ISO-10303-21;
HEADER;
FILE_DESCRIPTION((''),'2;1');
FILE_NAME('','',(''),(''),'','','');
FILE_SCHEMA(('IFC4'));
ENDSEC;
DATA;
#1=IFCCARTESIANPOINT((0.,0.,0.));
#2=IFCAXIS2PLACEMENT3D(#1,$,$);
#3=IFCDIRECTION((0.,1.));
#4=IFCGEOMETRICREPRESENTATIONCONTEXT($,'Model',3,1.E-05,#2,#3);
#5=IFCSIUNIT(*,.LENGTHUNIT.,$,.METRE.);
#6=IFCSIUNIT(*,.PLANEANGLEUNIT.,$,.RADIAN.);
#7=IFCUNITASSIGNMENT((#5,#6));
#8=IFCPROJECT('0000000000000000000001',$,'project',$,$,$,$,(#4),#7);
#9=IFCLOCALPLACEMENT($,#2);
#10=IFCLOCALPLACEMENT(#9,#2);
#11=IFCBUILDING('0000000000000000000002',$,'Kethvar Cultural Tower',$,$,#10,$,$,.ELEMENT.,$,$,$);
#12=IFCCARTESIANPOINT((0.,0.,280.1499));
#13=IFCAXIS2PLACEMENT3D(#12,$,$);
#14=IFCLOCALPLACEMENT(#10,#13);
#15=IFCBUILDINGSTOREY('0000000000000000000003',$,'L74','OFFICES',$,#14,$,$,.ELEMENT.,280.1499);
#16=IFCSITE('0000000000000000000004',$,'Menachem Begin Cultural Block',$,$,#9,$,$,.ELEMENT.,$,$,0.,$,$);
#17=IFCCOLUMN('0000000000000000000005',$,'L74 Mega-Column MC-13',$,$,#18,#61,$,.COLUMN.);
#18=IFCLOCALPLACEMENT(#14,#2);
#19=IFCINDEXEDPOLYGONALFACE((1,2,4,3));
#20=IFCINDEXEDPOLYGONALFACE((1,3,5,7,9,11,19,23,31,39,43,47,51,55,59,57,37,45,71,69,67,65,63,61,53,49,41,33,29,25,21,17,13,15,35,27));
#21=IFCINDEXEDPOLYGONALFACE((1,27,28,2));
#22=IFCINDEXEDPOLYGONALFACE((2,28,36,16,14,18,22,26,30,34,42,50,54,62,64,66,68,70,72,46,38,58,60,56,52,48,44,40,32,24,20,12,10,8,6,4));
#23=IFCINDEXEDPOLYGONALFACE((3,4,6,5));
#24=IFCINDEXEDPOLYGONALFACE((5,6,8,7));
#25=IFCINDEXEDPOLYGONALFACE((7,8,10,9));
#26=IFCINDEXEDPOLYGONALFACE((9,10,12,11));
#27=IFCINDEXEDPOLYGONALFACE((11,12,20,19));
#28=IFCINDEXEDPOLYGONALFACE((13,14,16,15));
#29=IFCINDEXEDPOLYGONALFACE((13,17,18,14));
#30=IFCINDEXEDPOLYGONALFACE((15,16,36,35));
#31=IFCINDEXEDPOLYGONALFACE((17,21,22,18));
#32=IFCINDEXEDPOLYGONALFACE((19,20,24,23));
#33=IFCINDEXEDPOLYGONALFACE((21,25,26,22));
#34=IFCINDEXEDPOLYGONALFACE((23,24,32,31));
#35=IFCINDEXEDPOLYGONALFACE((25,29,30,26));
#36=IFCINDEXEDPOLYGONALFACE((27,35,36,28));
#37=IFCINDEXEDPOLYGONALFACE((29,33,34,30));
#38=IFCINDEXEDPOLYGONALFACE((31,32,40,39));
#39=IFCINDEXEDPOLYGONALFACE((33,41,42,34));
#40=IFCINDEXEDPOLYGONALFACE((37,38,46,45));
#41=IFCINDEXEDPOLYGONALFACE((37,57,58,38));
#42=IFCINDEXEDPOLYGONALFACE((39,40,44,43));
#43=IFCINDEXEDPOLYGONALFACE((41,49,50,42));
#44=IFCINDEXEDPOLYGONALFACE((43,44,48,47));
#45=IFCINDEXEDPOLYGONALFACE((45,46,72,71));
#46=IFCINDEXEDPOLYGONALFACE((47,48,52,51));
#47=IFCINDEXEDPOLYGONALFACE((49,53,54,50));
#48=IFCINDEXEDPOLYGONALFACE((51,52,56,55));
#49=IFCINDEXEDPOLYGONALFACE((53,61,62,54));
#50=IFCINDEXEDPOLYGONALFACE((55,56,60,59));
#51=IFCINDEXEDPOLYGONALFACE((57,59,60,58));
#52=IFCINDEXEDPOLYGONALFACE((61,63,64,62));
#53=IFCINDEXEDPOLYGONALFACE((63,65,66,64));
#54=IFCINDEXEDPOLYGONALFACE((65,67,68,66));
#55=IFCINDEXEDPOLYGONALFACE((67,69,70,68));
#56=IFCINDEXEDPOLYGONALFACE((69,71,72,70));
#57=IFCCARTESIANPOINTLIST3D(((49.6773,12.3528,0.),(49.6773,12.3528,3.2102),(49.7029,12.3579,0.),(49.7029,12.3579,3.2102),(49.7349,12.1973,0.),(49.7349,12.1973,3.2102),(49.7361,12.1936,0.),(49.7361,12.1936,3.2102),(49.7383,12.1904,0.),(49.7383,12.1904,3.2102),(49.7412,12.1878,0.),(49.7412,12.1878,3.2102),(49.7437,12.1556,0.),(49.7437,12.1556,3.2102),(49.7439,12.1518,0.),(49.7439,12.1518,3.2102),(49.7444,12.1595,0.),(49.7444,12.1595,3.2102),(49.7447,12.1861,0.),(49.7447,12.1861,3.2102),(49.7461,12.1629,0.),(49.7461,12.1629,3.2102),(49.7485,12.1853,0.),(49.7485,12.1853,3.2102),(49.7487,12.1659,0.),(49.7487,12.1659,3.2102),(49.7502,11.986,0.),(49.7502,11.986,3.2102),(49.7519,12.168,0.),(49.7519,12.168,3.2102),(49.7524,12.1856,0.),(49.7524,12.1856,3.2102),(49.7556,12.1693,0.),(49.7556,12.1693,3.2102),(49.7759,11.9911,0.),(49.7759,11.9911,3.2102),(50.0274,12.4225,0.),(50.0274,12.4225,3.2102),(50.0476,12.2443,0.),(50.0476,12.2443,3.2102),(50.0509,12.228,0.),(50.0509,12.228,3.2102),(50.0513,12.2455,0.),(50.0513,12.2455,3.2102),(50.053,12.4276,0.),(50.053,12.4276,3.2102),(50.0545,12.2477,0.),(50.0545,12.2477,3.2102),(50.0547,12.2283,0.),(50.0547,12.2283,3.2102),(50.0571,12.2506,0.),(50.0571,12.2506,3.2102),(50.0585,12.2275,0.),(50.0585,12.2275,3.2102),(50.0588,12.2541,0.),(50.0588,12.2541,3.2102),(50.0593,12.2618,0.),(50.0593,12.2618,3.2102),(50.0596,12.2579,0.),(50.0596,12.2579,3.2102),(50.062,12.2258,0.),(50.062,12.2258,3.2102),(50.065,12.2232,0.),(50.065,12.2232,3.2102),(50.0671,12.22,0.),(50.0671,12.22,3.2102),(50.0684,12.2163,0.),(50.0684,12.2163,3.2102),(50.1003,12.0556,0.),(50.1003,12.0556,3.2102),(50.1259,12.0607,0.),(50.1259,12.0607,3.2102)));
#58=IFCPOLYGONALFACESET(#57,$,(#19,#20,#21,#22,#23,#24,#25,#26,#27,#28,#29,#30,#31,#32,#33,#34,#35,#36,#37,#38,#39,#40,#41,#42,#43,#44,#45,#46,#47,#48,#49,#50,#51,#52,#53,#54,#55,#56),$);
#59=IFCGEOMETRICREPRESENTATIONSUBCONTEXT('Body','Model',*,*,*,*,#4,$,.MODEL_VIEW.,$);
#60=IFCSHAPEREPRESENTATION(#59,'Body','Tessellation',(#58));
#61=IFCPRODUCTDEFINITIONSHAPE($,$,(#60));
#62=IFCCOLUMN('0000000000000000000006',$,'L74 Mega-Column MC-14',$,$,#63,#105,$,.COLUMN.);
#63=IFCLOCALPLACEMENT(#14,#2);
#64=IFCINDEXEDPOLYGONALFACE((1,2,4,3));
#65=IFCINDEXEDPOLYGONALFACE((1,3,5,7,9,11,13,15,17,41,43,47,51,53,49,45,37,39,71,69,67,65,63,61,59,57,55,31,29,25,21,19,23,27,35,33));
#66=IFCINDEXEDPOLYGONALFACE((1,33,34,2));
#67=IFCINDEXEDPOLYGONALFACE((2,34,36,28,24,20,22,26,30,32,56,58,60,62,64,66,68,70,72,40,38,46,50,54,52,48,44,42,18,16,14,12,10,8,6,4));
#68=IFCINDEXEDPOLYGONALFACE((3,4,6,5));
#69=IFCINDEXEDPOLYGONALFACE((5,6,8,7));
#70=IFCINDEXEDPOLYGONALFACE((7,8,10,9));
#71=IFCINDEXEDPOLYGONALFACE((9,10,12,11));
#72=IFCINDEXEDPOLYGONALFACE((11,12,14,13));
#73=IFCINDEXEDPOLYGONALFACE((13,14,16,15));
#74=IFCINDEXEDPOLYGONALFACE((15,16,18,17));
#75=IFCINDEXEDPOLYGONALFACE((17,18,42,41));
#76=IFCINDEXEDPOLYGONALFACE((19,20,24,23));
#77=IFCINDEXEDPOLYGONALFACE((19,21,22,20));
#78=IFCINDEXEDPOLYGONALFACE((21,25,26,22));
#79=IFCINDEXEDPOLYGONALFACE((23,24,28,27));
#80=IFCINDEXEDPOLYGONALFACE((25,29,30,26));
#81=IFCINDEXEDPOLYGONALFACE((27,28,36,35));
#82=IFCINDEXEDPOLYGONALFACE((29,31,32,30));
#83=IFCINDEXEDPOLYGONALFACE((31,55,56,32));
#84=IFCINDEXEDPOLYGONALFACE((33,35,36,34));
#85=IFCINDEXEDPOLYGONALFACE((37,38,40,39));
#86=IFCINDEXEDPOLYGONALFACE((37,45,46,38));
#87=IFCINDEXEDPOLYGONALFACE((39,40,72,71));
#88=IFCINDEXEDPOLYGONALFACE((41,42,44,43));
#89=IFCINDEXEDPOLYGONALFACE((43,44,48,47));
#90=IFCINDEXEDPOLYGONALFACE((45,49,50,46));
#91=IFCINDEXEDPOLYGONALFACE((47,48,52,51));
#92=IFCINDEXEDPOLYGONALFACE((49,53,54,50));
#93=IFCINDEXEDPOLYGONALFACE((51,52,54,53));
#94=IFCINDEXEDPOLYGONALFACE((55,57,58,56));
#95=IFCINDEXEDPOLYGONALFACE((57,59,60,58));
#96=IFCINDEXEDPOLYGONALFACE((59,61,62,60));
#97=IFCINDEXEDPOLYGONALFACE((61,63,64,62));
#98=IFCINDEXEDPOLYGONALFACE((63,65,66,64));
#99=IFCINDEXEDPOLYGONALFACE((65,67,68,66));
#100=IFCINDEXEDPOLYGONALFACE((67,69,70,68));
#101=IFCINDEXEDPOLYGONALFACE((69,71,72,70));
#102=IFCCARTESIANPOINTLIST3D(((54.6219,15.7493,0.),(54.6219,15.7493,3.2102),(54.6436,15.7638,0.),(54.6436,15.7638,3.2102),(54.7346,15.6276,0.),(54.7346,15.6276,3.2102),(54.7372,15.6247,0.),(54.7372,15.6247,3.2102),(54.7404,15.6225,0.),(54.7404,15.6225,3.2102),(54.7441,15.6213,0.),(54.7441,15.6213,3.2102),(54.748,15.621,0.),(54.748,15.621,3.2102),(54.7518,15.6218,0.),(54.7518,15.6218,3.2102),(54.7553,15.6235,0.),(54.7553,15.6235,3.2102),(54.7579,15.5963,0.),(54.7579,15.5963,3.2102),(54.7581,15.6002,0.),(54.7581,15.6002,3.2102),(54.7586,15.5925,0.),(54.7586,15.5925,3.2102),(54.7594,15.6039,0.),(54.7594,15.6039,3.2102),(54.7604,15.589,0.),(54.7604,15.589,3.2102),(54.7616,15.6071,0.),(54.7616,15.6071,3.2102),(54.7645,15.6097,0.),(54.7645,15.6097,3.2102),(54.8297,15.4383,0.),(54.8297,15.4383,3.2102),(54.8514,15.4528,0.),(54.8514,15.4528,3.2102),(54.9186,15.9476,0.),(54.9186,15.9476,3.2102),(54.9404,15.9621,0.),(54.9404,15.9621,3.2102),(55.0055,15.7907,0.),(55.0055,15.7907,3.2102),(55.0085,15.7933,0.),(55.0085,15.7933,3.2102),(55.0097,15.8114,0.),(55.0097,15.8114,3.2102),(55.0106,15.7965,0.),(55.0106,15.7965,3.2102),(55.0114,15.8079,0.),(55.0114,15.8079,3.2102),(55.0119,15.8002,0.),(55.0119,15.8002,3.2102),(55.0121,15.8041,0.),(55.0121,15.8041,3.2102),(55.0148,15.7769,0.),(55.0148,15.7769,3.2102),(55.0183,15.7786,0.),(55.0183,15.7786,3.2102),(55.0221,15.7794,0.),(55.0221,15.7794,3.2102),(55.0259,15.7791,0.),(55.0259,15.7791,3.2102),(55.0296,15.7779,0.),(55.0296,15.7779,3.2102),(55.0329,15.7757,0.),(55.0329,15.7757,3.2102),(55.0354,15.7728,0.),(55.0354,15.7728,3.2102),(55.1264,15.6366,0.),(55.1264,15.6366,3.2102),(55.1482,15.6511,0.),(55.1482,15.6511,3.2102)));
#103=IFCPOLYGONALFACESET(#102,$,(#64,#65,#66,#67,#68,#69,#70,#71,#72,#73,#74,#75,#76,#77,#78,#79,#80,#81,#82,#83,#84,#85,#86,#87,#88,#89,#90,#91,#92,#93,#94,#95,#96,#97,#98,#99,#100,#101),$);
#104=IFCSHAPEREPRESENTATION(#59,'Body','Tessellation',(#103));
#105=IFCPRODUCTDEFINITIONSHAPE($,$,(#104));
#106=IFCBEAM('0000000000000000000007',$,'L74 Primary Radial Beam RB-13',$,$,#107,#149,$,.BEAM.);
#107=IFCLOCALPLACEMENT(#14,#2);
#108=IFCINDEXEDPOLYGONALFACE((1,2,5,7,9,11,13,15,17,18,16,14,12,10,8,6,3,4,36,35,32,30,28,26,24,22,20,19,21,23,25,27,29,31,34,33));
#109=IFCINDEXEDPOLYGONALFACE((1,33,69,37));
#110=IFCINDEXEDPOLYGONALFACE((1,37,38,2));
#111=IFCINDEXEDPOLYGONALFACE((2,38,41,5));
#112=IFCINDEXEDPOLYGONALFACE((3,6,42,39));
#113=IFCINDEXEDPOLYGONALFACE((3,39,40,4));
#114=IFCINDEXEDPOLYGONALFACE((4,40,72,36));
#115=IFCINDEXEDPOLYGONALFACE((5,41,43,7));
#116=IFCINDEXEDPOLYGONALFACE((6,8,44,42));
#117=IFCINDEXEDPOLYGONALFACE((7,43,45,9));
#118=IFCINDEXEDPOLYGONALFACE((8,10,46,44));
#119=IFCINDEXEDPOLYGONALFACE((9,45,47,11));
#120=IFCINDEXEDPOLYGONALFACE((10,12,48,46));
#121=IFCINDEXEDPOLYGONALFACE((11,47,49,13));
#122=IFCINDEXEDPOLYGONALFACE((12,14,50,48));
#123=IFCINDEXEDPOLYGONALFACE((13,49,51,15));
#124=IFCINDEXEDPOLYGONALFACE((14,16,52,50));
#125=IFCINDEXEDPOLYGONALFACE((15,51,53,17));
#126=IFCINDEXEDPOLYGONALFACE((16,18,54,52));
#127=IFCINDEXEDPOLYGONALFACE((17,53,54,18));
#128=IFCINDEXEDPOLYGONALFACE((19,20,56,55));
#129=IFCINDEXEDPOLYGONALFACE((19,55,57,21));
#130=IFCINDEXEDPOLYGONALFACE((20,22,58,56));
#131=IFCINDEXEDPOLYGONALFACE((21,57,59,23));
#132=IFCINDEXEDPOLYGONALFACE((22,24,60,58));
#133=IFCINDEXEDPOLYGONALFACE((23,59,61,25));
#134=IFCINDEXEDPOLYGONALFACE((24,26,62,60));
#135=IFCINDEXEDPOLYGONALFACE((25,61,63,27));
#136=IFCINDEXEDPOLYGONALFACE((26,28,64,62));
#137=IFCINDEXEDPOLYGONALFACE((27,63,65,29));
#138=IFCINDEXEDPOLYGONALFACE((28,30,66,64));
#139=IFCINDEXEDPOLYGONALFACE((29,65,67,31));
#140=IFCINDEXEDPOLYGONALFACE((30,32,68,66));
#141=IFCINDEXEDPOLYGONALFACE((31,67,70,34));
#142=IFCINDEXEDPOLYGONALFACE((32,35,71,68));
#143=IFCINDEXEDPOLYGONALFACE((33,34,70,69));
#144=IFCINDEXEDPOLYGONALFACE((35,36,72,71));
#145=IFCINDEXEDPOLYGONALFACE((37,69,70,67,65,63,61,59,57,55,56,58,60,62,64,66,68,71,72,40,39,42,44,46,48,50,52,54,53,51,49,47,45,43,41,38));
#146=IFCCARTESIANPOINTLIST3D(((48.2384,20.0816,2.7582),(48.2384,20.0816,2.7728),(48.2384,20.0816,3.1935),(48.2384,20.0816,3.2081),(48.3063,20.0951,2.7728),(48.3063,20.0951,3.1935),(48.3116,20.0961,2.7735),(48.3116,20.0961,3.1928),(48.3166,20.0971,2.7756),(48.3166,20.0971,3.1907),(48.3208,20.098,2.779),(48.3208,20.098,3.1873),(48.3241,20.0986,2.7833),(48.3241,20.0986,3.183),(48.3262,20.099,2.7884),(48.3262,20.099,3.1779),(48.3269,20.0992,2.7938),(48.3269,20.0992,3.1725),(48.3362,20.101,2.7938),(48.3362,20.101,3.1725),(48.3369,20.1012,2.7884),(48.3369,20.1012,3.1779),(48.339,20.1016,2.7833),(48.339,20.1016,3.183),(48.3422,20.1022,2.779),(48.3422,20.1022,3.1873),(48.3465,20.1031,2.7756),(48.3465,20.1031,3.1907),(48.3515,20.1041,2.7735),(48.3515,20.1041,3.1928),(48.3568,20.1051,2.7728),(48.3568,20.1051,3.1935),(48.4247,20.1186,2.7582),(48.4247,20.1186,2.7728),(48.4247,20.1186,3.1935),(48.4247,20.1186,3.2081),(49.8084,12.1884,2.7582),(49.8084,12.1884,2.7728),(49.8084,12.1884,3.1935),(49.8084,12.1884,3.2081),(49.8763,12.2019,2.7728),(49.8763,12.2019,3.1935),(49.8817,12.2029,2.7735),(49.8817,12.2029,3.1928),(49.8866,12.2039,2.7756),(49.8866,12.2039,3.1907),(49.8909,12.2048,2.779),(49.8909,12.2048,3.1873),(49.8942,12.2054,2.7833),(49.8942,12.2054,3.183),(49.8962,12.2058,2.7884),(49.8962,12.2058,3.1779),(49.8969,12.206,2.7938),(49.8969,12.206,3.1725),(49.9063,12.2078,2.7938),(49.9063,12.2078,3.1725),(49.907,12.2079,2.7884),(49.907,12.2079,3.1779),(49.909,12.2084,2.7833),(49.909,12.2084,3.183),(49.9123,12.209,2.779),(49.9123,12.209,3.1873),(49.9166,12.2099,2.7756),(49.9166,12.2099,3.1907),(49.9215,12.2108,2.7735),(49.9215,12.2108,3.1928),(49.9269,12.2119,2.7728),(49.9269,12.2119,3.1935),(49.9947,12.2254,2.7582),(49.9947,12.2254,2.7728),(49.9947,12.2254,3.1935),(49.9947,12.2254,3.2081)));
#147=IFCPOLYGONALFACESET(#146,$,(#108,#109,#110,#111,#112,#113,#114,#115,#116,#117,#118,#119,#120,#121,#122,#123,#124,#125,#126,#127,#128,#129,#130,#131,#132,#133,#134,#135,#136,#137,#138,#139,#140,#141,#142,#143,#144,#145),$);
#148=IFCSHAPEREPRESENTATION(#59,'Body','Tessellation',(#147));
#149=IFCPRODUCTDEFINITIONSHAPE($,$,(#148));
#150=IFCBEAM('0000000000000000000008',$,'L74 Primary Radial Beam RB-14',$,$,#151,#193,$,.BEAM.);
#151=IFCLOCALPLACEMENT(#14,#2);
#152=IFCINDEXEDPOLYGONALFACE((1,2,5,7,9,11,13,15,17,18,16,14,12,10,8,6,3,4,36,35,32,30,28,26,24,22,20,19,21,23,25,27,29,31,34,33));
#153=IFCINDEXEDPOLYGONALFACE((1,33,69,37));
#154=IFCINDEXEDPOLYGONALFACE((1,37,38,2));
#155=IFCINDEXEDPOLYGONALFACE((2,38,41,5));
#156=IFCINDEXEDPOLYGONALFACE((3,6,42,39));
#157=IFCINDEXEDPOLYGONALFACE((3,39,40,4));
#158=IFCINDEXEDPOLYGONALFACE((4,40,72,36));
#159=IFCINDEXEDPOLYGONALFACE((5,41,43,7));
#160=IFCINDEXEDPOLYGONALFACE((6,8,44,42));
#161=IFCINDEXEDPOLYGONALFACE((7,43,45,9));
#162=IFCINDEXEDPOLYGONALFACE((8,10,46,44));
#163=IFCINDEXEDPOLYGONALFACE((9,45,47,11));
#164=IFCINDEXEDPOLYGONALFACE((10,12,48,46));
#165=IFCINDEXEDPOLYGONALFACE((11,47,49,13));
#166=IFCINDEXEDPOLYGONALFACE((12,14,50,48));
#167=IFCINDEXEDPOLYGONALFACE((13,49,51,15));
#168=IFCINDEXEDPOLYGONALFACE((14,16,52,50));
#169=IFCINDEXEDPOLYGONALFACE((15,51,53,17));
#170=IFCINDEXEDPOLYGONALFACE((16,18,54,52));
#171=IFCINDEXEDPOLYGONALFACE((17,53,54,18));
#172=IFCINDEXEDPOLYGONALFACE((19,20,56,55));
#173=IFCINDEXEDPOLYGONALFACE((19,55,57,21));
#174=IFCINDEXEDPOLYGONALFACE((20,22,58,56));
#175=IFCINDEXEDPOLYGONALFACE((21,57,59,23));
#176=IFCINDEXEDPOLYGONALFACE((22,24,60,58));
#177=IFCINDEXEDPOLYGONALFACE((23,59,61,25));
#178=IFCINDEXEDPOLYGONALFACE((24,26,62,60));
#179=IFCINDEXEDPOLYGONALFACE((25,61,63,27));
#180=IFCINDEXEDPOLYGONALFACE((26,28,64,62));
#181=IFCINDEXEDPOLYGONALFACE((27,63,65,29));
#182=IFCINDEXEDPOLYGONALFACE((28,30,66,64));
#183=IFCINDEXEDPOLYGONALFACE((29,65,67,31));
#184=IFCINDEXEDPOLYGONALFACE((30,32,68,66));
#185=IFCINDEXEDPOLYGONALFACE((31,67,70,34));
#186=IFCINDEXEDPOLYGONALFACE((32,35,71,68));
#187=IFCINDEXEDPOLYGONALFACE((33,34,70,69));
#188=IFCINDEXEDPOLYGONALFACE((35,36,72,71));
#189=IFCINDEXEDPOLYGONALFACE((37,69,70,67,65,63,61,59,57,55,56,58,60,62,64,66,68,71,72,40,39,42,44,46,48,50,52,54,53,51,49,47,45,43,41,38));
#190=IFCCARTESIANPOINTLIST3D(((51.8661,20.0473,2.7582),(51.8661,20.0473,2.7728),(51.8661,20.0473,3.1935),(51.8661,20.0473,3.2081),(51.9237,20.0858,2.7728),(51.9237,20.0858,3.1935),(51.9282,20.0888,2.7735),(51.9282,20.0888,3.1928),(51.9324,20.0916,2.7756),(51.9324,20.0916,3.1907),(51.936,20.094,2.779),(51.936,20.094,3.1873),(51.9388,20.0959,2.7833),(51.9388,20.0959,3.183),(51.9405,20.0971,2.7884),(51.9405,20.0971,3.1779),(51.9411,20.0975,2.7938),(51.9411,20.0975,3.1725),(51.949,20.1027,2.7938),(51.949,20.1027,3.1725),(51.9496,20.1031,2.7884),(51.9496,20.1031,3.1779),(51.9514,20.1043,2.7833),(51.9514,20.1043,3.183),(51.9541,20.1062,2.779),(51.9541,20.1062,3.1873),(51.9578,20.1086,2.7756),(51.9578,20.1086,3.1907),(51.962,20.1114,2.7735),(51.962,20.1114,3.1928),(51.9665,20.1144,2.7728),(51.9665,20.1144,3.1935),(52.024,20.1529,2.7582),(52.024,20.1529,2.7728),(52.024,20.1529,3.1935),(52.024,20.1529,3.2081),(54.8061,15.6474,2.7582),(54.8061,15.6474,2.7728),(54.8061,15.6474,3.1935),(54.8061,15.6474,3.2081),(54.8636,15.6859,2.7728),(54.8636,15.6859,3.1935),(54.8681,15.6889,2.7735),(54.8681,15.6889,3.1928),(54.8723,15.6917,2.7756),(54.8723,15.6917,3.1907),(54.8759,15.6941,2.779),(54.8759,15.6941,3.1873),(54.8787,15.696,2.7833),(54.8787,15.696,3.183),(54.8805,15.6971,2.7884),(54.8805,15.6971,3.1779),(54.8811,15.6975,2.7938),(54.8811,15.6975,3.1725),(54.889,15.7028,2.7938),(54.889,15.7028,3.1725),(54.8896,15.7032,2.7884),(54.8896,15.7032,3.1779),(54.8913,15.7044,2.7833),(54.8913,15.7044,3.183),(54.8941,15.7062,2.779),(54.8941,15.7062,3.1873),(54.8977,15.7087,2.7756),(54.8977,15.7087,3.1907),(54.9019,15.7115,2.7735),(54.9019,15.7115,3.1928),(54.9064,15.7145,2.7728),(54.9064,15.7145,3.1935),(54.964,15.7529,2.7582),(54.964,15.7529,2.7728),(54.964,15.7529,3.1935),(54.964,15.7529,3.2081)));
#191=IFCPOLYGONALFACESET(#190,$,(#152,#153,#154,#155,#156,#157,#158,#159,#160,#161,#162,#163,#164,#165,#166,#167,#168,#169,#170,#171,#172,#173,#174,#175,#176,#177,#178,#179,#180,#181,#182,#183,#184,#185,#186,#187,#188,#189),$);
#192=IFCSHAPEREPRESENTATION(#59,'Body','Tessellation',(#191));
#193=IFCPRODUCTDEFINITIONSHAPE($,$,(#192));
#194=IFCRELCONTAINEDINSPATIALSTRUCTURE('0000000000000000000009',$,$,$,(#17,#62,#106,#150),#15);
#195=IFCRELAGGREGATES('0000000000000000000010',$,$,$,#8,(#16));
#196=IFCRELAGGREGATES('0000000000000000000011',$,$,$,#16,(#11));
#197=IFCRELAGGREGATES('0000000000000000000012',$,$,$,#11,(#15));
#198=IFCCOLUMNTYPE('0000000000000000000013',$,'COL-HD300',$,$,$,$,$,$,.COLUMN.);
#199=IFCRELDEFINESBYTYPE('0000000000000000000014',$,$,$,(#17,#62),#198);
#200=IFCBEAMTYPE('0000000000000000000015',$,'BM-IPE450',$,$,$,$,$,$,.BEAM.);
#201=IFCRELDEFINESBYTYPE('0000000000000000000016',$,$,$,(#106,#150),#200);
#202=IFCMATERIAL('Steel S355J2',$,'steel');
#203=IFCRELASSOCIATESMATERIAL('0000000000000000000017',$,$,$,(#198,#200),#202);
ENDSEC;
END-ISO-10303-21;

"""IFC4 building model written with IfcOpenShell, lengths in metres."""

from ifc_helpers import new_model, si_unit, direction, frame, origin, origin_2d, place, context, subcontext, project, spatial, i_section, extrude, source, transform, mapped, material, material_profile, profile_set, type_object, element, save


model = new_model("IFC4")

# Units and contexts
model_context = context("Model", 3, precision=1e-05, world=origin(), true_north=direction((0.0, 1.0)))
body_context = subcontext(model_context, "Body", "Model", "MODEL_VIEW")
ifc_project = project(units=[si_unit("LENGTHUNIT", "METRE"), si_unit("PLANEANGLEUNIT", "RADIAN")], contexts=[model_context])

# Site, building, storey
site_placement = place(None, origin())
site = spatial("IfcSite", under=ifc_project, at=site_placement, Name="Menachem Begin Cultural Block", CompositionType="ELEMENT", RefElevation=0.0)
building_placement = place(site_placement, origin())
building = spatial("IfcBuilding", under=site, at=building_placement, Name="Kethvar Cultural Tower", CompositionType="ELEMENT")
storey_placement = place(building_placement, frame((0.0, 0.0, 280.1499)))
storey = spatial("IfcBuildingStorey", under=building, at=storey_placement, Name="L74", Description="OFFICES", CompositionType="ELEMENT", Elevation=280.1499)

# Columns
ifc_material_1 = material(Name="Steel S355J2", Category="steel")
ifc_material_profile_1 = material_profile(ifc_material_1, i_section(OverallWidth=0.374, OverallDepth=0.3831, WebThickness=0.0166, FlangeThickness=0.0261, FilletRadius=0.0149, at=origin_2d()), Name="Steel S355J2 — HD360x300")
ifc_profile_set_1 = profile_set([ifc_material_profile_1], Name="Steel S355J2 — HD360x300")
column_type = type_object("IfcColumnType", Name="COL-HD300", PredefinedType="COLUMN", material=ifc_profile_set_1)
shared_shape_1 = source(origin(), body_context, "Body", "SweptSolid", [
    extrude(i_section(OverallWidth=0.374, OverallDepth=0.3831, WebThickness=0.0166, FlangeThickness=0.0261, FilletRadius=0.0149, at=origin_2d()), origin(), (0.0, 0.0, 1.0), 3.2102),
])
for number, where, z_axis, x_axis, name in (
    (1, (49.9016, 12.2068, 0.0), (0.0, 0.0, 1.0), (0.19509, -0.980785, 0.0), "L74 Mega-Column MC-13"),
    (2, (54.885, 15.7002, 0.0), (0.0, 0.0, 1.0), (0.55557, -0.83147, 0.0), "L74 Mega-Column MC-14"),
):
    element("IfcColumn", number, at=place(storey_placement, frame(where, z_axis=z_axis, x_axis=x_axis)), inside=storey, type_object=column_type, Name=name, PredefinedType="COLUMN", context=body_context, shape_type="MappedRepresentation", body=[
        mapped(shared_shape_1, transform((0.0, 0.0, 0.0), scale=1.0)),
    ])

# Beams
ifc_material_profile_2 = material_profile(ifc_material_1, i_section(OverallWidth=0.1899, OverallDepth=0.45, WebThickness=0.0095, FlangeThickness=0.0146, FilletRadius=0.021, at=origin_2d()), Name="Steel S355J2 — IPE450")
ifc_profile_set_2 = profile_set([ifc_material_profile_2], Name="Steel S355J2 — IPE450")
beam_type_1 = type_object("IfcBeamType", Name="BM-IPE450", PredefinedType="BEAM", material=ifc_profile_set_2)
shared_shape_2 = source(origin(), body_context, "Body", "SweptSolid", [
    extrude(i_section(OverallWidth=0.1899, OverallDepth=0.45, WebThickness=0.0095, FlangeThickness=0.0146, FilletRadius=0.021, at=origin_2d()), origin(), (0.0, 0.0, 1.0), 8.0479),
])
beam_1_placement = place(storey_placement, frame((48.3315, 20.1001, 2.9832), z_axis=(0.195089, -0.980785, 0.0), x_axis=(0.980785, 0.195089, 0.0)))
element("IfcBeam", 3, at=beam_1_placement, inside=storey, type_object=beam_type_1, Name="L74 Primary Radial Beam RB-13", PredefinedType="BEAM", context=body_context, shape_type="MappedRepresentation", body=[
    mapped(shared_shape_2, transform((0.0, 0.0, 0.0), scale=1.0)),
])
shared_shape_3 = source(origin(), body_context, "Body", "SweptSolid", [
    extrude(i_section(OverallWidth=0.1899, OverallDepth=0.45, WebThickness=0.0095, FlangeThickness=0.0146, FilletRadius=0.021, at=origin_2d()), origin(), (0.0, 0.0, 1.0), 5.2917),
])
beam_2_placement = place(storey_placement, frame((51.9451, 20.1001, 2.9832), z_axis=(0.555573, -0.831468, 0.0), x_axis=(0.831468, 0.555573, 0.0)))
element("IfcBeam", 4, at=beam_2_placement, inside=storey, type_object=beam_type_1, Name="L74 Primary Radial Beam RB-14", PredefinedType="BEAM", context=body_context, shape_type="MappedRepresentation", body=[
    mapped(shared_shape_3, transform((0.0, 0.0, 0.0), scale=1.0)),
])

save(model, "model.ifc")
